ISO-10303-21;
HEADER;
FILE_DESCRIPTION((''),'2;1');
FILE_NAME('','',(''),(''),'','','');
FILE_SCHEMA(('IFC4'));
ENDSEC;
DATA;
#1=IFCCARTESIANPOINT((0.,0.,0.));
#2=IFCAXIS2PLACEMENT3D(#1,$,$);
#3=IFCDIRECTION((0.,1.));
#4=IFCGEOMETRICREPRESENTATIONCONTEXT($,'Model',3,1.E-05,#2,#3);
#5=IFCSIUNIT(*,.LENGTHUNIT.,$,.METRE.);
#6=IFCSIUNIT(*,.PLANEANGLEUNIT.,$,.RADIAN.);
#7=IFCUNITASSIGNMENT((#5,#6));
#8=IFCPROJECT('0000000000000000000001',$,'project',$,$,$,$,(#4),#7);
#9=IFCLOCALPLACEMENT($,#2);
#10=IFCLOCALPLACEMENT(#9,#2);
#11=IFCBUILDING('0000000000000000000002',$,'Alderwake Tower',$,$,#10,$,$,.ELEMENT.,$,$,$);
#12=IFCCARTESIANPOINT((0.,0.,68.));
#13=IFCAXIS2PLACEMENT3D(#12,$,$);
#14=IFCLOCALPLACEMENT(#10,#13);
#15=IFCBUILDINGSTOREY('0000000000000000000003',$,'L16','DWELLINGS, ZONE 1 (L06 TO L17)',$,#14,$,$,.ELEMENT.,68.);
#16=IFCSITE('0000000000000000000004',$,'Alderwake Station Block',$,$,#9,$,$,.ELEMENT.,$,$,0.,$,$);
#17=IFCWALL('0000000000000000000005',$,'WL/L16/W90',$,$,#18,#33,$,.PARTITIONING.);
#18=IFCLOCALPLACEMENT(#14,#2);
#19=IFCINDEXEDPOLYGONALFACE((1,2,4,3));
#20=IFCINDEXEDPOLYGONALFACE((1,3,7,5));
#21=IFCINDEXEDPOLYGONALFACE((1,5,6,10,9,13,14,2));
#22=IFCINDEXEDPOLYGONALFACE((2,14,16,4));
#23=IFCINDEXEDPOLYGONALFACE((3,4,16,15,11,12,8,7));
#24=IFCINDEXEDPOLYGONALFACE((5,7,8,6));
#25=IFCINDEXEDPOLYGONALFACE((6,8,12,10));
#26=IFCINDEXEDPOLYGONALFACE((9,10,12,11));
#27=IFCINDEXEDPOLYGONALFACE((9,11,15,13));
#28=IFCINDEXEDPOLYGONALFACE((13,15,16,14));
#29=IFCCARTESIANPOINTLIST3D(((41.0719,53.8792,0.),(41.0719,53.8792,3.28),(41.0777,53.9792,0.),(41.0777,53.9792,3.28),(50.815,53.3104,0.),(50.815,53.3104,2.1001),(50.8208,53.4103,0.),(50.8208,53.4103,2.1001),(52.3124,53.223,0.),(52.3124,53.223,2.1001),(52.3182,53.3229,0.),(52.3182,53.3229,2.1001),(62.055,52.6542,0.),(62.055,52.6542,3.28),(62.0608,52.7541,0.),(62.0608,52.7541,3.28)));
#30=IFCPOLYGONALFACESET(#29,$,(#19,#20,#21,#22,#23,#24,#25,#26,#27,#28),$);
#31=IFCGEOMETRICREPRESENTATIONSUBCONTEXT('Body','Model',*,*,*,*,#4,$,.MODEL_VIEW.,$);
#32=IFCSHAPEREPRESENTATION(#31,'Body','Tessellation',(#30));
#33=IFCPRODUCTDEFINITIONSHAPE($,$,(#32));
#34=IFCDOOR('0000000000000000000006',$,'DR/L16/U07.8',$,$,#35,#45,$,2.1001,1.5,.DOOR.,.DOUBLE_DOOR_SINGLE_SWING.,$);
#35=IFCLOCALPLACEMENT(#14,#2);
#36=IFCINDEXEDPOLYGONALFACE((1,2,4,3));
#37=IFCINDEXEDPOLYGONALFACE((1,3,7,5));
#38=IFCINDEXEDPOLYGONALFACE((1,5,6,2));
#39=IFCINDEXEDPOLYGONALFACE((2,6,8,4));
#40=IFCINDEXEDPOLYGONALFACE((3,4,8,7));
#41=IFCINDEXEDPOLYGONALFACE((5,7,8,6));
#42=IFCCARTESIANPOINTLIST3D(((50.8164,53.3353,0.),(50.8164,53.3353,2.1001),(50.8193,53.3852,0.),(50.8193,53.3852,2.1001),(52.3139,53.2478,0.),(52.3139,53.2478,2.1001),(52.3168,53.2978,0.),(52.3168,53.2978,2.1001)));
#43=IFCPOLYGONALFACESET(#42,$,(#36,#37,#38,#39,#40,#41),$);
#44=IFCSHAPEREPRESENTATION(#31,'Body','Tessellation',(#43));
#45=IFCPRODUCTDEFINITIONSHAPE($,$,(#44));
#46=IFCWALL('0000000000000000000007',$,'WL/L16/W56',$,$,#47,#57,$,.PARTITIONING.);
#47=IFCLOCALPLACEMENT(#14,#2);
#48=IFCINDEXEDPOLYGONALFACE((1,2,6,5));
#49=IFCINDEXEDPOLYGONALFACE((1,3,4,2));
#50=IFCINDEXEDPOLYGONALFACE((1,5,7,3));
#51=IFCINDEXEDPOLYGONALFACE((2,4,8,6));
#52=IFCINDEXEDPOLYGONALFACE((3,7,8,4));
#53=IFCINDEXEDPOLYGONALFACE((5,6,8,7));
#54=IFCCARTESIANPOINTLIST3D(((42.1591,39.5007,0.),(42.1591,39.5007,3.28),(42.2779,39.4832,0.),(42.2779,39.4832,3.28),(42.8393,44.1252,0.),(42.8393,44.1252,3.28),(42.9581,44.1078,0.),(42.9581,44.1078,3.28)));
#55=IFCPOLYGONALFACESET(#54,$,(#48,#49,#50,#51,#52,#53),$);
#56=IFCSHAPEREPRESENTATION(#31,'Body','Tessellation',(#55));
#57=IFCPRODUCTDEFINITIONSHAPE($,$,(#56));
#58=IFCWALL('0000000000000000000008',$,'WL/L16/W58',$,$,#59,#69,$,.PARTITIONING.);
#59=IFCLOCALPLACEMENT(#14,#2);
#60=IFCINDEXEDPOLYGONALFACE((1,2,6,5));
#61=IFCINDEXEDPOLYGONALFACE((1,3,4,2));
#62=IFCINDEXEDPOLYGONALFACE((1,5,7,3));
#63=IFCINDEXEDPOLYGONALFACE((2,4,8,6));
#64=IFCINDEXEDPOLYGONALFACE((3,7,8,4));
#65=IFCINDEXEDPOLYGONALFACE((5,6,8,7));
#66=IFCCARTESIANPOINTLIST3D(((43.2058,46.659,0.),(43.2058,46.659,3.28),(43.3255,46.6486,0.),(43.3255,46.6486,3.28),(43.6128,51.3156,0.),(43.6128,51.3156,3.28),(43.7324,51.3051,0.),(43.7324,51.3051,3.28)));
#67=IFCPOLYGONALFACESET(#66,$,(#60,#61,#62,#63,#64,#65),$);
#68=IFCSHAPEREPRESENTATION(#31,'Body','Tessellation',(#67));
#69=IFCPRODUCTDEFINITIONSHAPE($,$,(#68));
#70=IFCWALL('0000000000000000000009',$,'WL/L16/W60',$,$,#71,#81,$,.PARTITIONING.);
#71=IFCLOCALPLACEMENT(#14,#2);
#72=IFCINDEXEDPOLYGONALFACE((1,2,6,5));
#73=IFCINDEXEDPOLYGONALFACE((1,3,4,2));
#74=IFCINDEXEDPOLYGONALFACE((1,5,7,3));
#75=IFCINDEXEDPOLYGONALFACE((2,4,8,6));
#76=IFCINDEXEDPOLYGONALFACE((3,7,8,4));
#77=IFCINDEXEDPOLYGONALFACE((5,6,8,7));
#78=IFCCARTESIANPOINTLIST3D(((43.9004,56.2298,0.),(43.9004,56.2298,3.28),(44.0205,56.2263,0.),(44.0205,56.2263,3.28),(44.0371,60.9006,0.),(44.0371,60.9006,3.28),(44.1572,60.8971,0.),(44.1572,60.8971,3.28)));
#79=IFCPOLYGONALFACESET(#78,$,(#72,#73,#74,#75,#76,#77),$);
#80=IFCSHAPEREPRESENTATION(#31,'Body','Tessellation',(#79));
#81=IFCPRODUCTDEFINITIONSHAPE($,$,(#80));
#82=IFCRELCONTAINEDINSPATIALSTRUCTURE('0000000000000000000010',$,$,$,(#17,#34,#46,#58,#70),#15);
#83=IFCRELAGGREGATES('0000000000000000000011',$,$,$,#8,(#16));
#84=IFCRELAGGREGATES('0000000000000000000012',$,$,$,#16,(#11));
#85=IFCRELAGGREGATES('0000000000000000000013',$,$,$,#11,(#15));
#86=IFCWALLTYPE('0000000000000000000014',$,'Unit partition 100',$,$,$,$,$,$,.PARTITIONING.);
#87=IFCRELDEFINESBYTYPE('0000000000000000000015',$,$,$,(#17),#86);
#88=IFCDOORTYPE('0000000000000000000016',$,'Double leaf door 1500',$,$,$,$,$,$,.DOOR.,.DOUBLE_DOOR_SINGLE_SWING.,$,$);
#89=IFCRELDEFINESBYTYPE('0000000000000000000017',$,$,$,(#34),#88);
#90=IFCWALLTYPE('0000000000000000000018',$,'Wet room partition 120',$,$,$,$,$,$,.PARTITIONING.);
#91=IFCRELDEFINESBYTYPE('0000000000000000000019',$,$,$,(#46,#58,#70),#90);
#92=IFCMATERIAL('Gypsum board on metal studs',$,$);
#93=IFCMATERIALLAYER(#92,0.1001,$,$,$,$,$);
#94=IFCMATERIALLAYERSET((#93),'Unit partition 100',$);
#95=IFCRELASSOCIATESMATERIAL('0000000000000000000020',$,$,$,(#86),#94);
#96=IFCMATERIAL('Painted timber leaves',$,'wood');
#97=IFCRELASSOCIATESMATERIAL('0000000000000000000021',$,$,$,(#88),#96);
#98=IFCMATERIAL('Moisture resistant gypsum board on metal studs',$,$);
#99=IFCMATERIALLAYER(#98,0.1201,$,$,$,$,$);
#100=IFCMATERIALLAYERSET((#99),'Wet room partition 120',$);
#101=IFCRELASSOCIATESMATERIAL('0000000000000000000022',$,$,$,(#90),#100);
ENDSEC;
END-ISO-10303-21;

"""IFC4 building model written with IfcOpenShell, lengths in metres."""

from ifc_helpers import new_model, si_unit, direction, frame, frame_2d, origin, place, context, subcontext, project, spatial, rectangle, extrude, material, layer, layer_set, type_object, element, fill, save


model = new_model("IFC4")

# Units and contexts
model_context = context("Model", 3, precision=1e-05, world=origin(), true_north=direction((0.0, 1.0)))
body_context = subcontext(model_context, "Body", "Model", "MODEL_VIEW")
ifc_project = project(units=[si_unit("LENGTHUNIT", "METRE"), si_unit("PLANEANGLEUNIT", "RADIAN")], contexts=[model_context])

# Site, building, storey
site_placement = place(None, origin())
site = spatial("IfcSite", under=ifc_project, at=site_placement, Name="Alderwake Station Block", CompositionType="ELEMENT", RefElevation=0.0)
building_placement = place(site_placement, origin())
building = spatial("IfcBuilding", under=site, at=building_placement, Name="Alderwake Tower", CompositionType="ELEMENT")
storey_placement = place(building_placement, frame((0.0, 0.0, 68.0)))
storey = spatial("IfcBuildingStorey", under=building, at=storey_placement, Name="L16", Description="DWELLINGS, ZONE 1 (L06 TO L17)", CompositionType="ELEMENT", Elevation=68.0)

# Shared definitions
ifc_material_1 = material(Name="Gypsum board on metal studs")
ifc_layer_1 = layer(ifc_material_1, 0.1001)
ifc_layer_set_1 = layer_set([ifc_layer_1], Name="Unit partition 100")
wall_type_1 = type_object("IfcWallType", Name="Unit partition 100", PredefinedType="PARTITIONING", material=ifc_layer_set_1)

# Wall, opening, door
wall_1_placement = place(storey_placement, frame((41.075, 53.9292, 0.0), z_axis=(0.0, 0.0, 1.0), x_axis=(0.9983, -0.058286, 0.0)))
wall_1 = element("IfcWall", 1, at=wall_1_placement, inside=storey, type_object=wall_type_1, Name="WL/L16/W90", PredefinedType="PARTITIONING", context=body_context, shape_type="SweptSolid", body=[
    extrude(rectangle(XDim=21.0188, YDim=0.1001, at=frame_2d((10.5093, 0.0))), origin(), (0.0, 0.0, 1.0), 3.28),
])
opening_1_placement = place(wall_1_placement, frame((9.7595, 0.0, 0.0)))
opening_1 = element("IfcOpeningElement", 2, at=opening_1_placement, cuts=wall_1, PredefinedType="OPENING", context=body_context, shape_type="SweptSolid", body=[
    extrude(rectangle(XDim=1.5, YDim=2.1001, at=frame_2d((0.75, 1.05))), frame((0.0, 0.0601, 0.0), z_axis=(0.0, -1.0, 0.0), x_axis=(1.0, 0.0, 0.0)), (0.0, 0.0, 1.0), 0.1201),
])
ifc_material_2 = material(Name="Painted timber leaves", Category="wood")
door_type_1 = type_object("IfcDoorType", Name="Double leaf door 1500", OperationType="DOUBLE_DOOR_SINGLE_SWING", PredefinedType="DOOR", material=ifc_material_2)
door_1_placement = place(opening_1_placement, origin())
door_1 = element("IfcDoor", 3, at=door_1_placement, inside=storey, type_object=door_type_1, Name="DR/L16/U07.8", OperationType="DOUBLE_DOOR_SINGLE_SWING", OverallHeight=2.1001, OverallWidth=1.5, PredefinedType="DOOR", context=body_context, shape_type="SweptSolid", body=[
    extrude(rectangle(XDim=1.5, YDim=2.1001, at=frame_2d((0.75, 1.05))), frame((0.0, 0.0249, 0.0), z_axis=(0.0, -1.0, 0.0), x_axis=(1.0, 0.0, 0.0)), (0.0, 0.0, 1.0), 0.05),
])
fill(opening_1, door_1)

# Walls
ifc_material_3 = material(Name="Moisture resistant gypsum board on metal studs")
ifc_layer_2 = layer(ifc_material_3, 0.1201)
ifc_layer_set_2 = layer_set([ifc_layer_2], Name="Wet room partition 120")
wall_type_2 = type_object("IfcWallType", Name="Wet room partition 120", PredefinedType="PARTITIONING", material=ifc_layer_set_2)
for number, where, z_axis, x_axis, name in (
    (4, (42.2185, 39.4919, 0.0), (0.0, 0.0, 1.0), (0.145515, 0.989356, 0.0), "WL/L16/W56"),
    (5, (43.2656, 46.6538, 0.0), (0.0, 0.0, 1.0), (0.087069, 0.996202, 0.0), "WL/L16/W58"),
):
    element("IfcWall", number, at=place(storey_placement, frame(where, z_axis=z_axis, x_axis=x_axis)), inside=storey, type_object=wall_type_2, Name=name, PredefinedType="PARTITIONING", context=body_context, shape_type="SweptSolid", body=[
        extrude(rectangle(XDim=4.6743, YDim=0.1201, at=frame_2d((2.3372, 0.0))), origin(), (0.0, 0.0, 1.0), 3.28),
    ])
wall_2_placement = place(storey_placement, frame((43.9604, 56.228, 0.0), z_axis=(0.0, 0.0, 1.0), x_axis=(0.029258, 0.999572, 0.0)))
element("IfcWall", 6, at=wall_2_placement, inside=storey, type_object=wall_type_2, Name="WL/L16/W60", PredefinedType="PARTITIONING", context=body_context, shape_type="SweptSolid", body=[
    extrude(rectangle(XDim=4.6729, YDim=0.1201, at=frame_2d((2.3364, 0.0))), origin(), (0.0, 0.0, 1.0), 3.28),
])

save(model, "model.ifc")
